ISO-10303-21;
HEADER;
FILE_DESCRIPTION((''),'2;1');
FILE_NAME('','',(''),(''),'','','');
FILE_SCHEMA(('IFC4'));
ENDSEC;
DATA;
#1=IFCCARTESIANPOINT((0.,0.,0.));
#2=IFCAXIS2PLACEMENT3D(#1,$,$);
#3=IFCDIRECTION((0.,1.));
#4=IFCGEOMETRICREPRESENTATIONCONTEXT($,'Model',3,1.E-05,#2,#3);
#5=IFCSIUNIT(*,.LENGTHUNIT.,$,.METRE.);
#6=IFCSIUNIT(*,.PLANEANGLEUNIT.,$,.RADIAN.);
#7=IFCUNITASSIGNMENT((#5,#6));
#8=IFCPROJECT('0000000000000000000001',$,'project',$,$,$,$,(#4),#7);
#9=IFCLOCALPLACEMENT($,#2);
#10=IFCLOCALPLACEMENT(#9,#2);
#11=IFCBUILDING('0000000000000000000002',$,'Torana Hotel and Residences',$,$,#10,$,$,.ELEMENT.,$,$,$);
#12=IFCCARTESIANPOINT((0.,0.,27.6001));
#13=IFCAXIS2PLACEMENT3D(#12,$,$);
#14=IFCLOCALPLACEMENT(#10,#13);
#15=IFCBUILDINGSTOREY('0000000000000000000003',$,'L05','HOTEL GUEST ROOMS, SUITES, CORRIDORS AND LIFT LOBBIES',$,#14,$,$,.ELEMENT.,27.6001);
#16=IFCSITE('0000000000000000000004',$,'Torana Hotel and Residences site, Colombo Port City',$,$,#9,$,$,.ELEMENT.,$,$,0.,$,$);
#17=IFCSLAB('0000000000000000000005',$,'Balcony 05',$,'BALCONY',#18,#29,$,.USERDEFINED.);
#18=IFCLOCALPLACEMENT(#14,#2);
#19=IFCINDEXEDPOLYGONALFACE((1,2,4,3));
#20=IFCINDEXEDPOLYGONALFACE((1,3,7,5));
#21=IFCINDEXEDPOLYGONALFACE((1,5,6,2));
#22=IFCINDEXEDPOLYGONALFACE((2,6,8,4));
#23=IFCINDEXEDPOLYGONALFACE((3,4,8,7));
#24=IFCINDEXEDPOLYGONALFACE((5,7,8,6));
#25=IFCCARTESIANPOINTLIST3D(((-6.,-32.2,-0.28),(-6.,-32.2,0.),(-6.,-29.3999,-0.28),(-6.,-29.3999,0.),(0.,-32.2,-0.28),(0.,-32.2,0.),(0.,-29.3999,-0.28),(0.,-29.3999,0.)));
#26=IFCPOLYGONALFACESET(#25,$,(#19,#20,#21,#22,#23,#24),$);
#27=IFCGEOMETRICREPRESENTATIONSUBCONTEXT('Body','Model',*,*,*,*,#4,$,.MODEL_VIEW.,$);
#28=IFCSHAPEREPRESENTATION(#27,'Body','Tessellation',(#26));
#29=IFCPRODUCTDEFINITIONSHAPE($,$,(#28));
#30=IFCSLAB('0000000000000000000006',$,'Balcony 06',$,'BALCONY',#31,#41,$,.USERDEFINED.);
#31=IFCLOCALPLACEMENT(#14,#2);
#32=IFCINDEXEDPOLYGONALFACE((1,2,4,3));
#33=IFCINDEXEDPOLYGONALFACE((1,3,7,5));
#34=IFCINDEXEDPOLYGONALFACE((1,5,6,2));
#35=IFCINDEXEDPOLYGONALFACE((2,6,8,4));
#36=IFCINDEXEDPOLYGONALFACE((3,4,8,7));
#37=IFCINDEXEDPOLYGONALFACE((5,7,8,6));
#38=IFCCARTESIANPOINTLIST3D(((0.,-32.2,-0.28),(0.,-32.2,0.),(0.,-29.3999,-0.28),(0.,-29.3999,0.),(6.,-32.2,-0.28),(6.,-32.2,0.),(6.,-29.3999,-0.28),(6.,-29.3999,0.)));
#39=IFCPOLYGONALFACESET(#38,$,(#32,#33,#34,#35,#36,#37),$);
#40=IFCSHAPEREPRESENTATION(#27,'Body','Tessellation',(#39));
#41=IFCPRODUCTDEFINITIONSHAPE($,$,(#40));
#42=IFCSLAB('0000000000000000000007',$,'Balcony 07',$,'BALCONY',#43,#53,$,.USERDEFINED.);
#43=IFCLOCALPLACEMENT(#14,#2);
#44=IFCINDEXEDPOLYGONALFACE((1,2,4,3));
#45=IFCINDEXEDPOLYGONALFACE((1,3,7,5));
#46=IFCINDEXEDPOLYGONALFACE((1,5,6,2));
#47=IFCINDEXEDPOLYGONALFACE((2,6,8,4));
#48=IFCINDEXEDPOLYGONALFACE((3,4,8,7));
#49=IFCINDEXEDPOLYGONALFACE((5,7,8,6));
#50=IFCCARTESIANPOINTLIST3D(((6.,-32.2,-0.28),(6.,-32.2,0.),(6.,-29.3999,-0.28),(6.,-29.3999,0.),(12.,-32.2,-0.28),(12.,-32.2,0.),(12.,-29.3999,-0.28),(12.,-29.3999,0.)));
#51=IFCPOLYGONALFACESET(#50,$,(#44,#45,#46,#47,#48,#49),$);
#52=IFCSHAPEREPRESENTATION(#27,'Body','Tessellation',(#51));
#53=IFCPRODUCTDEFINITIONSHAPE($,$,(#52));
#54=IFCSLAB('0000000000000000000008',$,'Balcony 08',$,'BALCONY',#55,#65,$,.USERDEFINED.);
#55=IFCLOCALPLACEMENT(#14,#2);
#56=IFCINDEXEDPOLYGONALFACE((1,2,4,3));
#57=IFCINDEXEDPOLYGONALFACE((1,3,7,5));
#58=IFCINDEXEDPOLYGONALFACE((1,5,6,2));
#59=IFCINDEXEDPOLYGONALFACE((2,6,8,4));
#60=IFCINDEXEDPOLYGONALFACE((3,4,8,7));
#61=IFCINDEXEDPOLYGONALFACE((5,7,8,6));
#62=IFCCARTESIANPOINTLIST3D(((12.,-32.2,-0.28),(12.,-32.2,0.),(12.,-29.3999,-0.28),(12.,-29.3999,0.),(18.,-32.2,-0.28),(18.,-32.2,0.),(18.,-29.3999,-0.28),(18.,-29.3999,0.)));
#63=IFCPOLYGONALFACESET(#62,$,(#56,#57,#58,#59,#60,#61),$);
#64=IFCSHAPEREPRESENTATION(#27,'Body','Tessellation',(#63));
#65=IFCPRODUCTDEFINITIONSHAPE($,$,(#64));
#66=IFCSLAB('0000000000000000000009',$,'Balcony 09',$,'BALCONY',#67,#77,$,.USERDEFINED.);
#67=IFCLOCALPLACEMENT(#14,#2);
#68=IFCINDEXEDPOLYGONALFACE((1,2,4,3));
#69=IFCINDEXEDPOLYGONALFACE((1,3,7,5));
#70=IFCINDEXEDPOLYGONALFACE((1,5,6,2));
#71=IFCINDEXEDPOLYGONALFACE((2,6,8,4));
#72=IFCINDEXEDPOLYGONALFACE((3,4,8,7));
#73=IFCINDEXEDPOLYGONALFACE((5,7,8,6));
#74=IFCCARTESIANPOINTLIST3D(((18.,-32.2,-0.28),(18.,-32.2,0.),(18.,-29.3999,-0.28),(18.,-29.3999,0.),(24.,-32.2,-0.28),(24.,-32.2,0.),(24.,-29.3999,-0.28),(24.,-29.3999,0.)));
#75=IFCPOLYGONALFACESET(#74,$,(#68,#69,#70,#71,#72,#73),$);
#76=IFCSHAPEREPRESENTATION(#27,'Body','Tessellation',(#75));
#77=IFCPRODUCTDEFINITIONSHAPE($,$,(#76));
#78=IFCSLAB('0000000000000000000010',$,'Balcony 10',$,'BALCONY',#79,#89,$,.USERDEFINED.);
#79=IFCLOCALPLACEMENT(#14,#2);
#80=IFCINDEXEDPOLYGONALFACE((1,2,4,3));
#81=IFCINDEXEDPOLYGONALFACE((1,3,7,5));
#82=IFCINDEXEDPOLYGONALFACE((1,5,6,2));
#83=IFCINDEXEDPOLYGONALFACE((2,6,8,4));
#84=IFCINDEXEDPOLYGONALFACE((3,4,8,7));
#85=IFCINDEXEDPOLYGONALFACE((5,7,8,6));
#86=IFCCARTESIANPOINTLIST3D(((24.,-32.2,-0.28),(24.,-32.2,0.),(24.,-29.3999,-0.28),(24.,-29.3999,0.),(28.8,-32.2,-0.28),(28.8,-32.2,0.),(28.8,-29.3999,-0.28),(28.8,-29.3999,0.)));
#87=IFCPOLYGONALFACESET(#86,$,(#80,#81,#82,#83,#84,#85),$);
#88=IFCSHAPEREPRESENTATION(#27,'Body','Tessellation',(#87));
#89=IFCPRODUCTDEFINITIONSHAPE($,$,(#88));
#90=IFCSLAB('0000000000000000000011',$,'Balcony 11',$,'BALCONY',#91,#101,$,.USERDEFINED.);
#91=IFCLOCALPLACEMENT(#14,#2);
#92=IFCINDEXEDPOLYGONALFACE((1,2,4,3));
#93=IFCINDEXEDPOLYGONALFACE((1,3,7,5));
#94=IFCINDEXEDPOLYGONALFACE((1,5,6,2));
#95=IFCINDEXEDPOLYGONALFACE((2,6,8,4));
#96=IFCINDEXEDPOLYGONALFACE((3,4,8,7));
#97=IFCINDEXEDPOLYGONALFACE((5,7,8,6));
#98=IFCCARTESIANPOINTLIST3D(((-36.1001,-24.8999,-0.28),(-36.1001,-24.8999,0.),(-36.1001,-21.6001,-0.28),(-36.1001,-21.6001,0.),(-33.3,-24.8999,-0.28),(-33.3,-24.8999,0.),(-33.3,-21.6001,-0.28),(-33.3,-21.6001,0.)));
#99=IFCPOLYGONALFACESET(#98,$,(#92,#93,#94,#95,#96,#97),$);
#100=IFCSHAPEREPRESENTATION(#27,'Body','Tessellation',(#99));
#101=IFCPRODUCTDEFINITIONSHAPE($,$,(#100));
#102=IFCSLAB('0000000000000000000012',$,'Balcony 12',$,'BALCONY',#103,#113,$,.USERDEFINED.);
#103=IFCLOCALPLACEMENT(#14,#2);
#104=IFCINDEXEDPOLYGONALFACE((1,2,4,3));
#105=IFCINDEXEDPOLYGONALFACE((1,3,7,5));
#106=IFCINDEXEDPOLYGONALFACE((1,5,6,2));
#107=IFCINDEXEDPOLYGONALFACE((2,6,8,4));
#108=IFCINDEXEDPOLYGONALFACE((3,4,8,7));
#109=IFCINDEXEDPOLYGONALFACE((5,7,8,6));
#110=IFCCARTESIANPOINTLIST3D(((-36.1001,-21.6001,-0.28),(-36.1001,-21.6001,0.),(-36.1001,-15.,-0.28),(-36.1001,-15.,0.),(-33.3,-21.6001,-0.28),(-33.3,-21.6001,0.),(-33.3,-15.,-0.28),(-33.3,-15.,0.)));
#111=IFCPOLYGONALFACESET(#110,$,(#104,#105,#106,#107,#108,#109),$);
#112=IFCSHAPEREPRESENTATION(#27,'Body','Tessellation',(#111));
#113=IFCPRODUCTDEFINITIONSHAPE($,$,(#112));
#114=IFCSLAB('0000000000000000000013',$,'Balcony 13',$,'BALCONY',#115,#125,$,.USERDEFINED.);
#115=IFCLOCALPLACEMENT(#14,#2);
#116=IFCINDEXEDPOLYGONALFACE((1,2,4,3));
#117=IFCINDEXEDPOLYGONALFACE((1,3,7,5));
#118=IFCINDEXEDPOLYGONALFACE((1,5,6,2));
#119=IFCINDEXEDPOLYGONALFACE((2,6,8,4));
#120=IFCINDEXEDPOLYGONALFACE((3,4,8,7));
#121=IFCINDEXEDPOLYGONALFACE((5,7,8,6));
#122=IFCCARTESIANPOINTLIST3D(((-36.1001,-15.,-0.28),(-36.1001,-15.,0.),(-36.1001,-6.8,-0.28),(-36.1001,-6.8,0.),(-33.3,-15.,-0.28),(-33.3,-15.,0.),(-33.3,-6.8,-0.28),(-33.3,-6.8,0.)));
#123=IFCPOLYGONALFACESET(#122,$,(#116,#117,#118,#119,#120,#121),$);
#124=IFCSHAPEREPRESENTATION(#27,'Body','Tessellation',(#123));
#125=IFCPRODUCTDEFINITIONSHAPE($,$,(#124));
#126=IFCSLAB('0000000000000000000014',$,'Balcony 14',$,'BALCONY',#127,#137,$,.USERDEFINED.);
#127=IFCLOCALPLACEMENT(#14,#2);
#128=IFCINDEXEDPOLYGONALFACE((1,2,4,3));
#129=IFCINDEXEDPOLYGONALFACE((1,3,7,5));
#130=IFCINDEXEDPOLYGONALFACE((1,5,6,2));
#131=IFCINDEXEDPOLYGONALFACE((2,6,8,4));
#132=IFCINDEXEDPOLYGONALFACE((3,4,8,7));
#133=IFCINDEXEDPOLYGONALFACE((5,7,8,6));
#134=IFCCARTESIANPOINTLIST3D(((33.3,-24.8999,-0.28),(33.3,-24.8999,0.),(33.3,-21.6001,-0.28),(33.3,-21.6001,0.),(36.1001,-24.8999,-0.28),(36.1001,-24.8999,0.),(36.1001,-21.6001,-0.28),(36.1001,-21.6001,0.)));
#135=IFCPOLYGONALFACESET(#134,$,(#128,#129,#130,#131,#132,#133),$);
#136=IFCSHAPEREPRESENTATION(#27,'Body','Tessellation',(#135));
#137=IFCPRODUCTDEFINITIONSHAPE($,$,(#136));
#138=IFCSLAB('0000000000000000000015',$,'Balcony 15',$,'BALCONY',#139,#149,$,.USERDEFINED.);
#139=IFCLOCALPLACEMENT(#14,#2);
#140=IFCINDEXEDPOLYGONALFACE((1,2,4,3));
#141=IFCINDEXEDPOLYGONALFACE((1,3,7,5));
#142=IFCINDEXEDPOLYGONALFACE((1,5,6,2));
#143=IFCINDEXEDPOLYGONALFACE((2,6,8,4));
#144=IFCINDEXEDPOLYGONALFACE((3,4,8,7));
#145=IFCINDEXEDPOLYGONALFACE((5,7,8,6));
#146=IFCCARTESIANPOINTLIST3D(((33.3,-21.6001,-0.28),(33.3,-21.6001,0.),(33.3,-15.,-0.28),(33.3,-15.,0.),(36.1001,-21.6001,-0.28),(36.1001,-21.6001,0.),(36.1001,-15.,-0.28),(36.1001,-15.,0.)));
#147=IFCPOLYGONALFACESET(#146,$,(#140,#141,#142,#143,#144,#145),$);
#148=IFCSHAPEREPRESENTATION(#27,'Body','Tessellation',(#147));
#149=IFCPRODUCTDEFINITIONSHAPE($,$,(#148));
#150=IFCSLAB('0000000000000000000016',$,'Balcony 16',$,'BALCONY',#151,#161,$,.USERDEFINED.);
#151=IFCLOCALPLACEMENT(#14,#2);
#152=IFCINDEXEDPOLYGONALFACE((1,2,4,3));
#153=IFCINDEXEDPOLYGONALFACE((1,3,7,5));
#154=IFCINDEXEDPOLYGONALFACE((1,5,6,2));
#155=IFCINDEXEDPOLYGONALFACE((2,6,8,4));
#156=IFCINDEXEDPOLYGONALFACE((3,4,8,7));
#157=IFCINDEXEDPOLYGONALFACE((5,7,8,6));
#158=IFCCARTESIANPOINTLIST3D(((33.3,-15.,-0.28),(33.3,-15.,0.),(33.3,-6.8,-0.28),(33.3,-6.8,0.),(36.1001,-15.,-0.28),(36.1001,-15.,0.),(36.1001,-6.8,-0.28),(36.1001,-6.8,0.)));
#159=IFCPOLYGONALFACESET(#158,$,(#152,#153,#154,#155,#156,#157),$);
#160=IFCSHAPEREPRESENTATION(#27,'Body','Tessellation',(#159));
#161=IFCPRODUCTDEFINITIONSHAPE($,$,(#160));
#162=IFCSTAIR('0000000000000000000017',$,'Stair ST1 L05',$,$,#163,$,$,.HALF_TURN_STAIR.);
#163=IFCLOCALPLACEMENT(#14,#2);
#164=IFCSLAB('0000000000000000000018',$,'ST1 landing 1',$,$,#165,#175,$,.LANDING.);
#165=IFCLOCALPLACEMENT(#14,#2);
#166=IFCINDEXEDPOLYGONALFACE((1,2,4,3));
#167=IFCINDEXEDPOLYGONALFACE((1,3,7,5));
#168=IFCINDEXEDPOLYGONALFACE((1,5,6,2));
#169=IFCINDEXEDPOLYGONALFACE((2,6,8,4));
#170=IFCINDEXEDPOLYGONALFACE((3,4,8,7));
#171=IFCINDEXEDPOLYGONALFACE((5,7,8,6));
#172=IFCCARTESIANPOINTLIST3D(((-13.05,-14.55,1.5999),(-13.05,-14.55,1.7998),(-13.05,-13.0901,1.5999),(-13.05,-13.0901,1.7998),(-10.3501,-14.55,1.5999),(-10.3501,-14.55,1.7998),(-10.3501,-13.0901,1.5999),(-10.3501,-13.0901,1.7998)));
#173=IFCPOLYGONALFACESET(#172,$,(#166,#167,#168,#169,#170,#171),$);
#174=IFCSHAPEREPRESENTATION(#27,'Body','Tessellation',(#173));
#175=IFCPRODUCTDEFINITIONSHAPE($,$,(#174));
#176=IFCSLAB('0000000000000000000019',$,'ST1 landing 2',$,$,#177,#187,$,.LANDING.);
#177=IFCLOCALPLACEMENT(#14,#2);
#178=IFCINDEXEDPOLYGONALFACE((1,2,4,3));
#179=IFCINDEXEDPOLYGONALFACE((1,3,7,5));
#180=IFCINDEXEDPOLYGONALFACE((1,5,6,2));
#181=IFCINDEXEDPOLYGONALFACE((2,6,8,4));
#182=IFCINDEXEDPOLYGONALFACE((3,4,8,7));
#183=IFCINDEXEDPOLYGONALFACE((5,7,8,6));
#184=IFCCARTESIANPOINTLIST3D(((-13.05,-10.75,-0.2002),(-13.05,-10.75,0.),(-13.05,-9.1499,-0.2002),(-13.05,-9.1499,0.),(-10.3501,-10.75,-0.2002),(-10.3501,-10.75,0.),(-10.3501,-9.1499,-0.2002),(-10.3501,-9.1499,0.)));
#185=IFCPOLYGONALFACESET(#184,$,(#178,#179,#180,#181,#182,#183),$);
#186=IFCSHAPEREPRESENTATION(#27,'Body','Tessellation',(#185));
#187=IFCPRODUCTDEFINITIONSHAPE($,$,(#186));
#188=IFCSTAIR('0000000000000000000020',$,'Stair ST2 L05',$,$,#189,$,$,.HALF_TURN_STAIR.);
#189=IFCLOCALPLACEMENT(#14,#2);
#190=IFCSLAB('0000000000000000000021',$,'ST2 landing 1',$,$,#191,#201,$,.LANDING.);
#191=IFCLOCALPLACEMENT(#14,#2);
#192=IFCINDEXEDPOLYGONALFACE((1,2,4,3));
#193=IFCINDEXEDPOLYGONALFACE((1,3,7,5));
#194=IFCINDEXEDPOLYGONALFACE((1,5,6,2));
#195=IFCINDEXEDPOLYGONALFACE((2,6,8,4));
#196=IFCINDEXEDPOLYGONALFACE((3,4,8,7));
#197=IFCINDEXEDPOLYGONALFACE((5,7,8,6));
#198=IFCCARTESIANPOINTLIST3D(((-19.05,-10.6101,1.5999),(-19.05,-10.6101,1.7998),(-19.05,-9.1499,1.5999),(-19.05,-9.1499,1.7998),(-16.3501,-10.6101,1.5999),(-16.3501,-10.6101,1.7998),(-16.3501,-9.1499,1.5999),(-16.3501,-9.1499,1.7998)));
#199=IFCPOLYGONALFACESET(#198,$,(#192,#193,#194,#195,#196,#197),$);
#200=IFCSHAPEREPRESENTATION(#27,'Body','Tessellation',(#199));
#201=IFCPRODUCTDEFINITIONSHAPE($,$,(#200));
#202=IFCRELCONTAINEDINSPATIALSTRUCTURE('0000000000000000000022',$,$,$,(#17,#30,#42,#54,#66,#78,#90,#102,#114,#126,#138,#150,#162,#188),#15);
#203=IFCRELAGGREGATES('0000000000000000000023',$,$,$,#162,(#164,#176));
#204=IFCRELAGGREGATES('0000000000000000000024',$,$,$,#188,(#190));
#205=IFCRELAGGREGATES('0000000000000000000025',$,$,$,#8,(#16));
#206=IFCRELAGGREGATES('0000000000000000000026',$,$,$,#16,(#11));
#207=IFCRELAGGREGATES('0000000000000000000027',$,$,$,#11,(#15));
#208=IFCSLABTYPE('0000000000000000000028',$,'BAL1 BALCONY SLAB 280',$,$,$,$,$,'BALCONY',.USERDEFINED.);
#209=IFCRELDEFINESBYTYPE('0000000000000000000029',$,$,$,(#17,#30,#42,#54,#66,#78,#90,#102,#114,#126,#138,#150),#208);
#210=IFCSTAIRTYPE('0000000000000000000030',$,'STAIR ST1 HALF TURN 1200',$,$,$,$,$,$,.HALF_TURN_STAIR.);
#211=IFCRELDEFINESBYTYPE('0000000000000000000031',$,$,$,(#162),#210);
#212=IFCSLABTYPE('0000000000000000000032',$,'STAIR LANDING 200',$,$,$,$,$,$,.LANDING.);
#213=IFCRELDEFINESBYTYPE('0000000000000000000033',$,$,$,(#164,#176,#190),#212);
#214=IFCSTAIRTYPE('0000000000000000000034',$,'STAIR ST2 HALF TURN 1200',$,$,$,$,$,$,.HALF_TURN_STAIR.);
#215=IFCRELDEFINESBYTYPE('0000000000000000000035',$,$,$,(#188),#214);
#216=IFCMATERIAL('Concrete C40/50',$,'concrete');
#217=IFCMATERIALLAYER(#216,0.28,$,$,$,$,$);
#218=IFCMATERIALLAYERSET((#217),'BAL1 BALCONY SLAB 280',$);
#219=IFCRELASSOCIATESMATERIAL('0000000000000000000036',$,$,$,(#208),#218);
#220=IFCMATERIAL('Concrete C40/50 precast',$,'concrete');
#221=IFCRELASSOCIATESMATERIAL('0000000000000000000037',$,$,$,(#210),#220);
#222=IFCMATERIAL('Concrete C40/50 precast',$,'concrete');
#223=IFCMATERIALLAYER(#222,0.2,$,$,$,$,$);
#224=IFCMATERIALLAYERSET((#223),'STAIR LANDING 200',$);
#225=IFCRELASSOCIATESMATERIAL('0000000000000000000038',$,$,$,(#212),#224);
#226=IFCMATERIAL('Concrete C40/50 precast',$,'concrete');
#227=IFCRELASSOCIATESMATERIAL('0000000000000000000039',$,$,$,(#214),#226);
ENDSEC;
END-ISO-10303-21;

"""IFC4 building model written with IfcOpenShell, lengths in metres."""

from ifc_helpers import new_model, si_unit, direction, frame, origin, place, context, subcontext, project, spatial, polyline, outline, extrude, material, layer, layer_set, type_object, element, aggregate, save


model = new_model("IFC4")

# Units and contexts
model_context = context("Model", 3, precision=1e-05, world=origin(), true_north=direction((0.0, 1.0)))
body_context = subcontext(model_context, "Body", "Model", "MODEL_VIEW")
ifc_project = project(units=[si_unit("LENGTHUNIT", "METRE"), si_unit("PLANEANGLEUNIT", "RADIAN")], contexts=[model_context])

# Site, building, storey
site_placement = place(None, origin())
site = spatial("IfcSite", under=ifc_project, at=site_placement, Name="Torana Hotel and Residences site, Colombo Port City", CompositionType="ELEMENT", RefElevation=0.0)
building_placement = place(site_placement, origin())
building = spatial("IfcBuilding", under=site, at=building_placement, Name="Torana Hotel and Residences", CompositionType="ELEMENT")
storey_placement = place(building_placement, frame((0.0, 0.0, 27.6001)))
storey = spatial("IfcBuildingStorey", under=building, at=storey_placement, Name="L05", Description="HOTEL GUEST ROOMS, SUITES, CORRIDORS AND LIFT LOBBIES", CompositionType="ELEMENT", Elevation=27.6001)

# Slabs
ifc_material_1 = material(Name="Concrete C40/50", Category="concrete")
ifc_layer_1 = layer(ifc_material_1, 0.28)
ifc_layer_set_1 = layer_set([ifc_layer_1], Name="BAL1 BALCONY SLAB 280")
slab_type_1 = type_object("IfcSlabType", Name="BAL1 BALCONY SLAB 280", ElementType="BALCONY", PredefinedType="USERDEFINED", material=ifc_layer_set_1)
slab_1_placement = place(storey_placement, frame((0.0, 0.0, -0.28)))
element("IfcSlab", 1, at=slab_1_placement, inside=storey, type_object=slab_type_1, Name="Balcony 05", ObjectType="BALCONY", PredefinedType="USERDEFINED", context=body_context, shape_type="SweptSolid", body=[
    extrude(outline(polyline([(-6.0, -32.2), (0.0, -32.2), (0.0, -29.3999), (-6.0, -29.3999), (-6.0, -32.2)])), origin(), (0.0, 0.0, 1.0), 0.28),
])
slab_2_placement = place(storey_placement, frame((0.0, 0.0, -0.28)))
element("IfcSlab", 2, at=slab_2_placement, inside=storey, type_object=slab_type_1, Name="Balcony 06", ObjectType="BALCONY", PredefinedType="USERDEFINED", context=body_context, shape_type="SweptSolid", body=[
    extrude(outline(polyline([(0.0, -32.2), (6.0, -32.2), (6.0, -29.3999), (0.0, -29.3999), (0.0, -32.2)])), origin(), (0.0, 0.0, 1.0), 0.28),
])
slab_3_placement = place(storey_placement, frame((0.0, 0.0, -0.28)))
element("IfcSlab", 3, at=slab_3_placement, inside=storey, type_object=slab_type_1, Name="Balcony 07", ObjectType="BALCONY", PredefinedType="USERDEFINED", context=body_context, shape_type="SweptSolid", body=[
    extrude(outline(polyline([(6.0, -32.2), (12.0, -32.2), (12.0, -29.3999), (6.0, -29.3999), (6.0, -32.2)])), origin(), (0.0, 0.0, 1.0), 0.28),
])
slab_4_placement = place(storey_placement, frame((0.0, 0.0, -0.28)))
element("IfcSlab", 4, at=slab_4_placement, inside=storey, type_object=slab_type_1, Name="Balcony 08", ObjectType="BALCONY", PredefinedType="USERDEFINED", context=body_context, shape_type="SweptSolid", body=[
    extrude(outline(polyline([(12.0, -32.2), (18.0, -32.2), (18.0, -29.3999), (12.0, -29.3999), (12.0, -32.2)])), origin(), (0.0, 0.0, 1.0), 0.28),
])
slab_5_placement = place(storey_placement, frame((0.0, 0.0, -0.28)))
element("IfcSlab", 5, at=slab_5_placement, inside=storey, type_object=slab_type_1, Name="Balcony 09", ObjectType="BALCONY", PredefinedType="USERDEFINED", context=body_context, shape_type="SweptSolid", body=[
    extrude(outline(polyline([(18.0, -32.2), (24.0, -32.2), (24.0, -29.3999), (18.0, -29.3999), (18.0, -32.2)])), origin(), (0.0, 0.0, 1.0), 0.28),
])
slab_6_placement = place(storey_placement, frame((0.0, 0.0, -0.28)))
element("IfcSlab", 6, at=slab_6_placement, inside=storey, type_object=slab_type_1, Name="Balcony 10", ObjectType="BALCONY", PredefinedType="USERDEFINED", context=body_context, shape_type="SweptSolid", body=[
    extrude(outline(polyline([(24.0, -32.2), (28.8, -32.2), (28.8, -29.3999), (24.0, -29.3999), (24.0, -32.2)])), origin(), (0.0, 0.0, 1.0), 0.28),
])
slab_7_placement = place(storey_placement, frame((0.0, 0.0, -0.28)))
element("IfcSlab", 7, at=slab_7_placement, inside=storey, type_object=slab_type_1, Name="Balcony 11", ObjectType="BALCONY", PredefinedType="USERDEFINED", context=body_context, shape_type="SweptSolid", body=[
    extrude(outline(polyline([(-36.1001, -24.8999), (-33.3, -24.8999), (-33.3, -21.6001), (-36.1001, -21.6001), (-36.1001, -24.8999)])), origin(), (0.0, 0.0, 1.0), 0.28),
])
slab_8_placement = place(storey_placement, frame((0.0, 0.0, -0.28)))
element("IfcSlab", 8, at=slab_8_placement, inside=storey, type_object=slab_type_1, Name="Balcony 12", ObjectType="BALCONY", PredefinedType="USERDEFINED", context=body_context, shape_type="SweptSolid", body=[
    extrude(outline(polyline([(-36.1001, -21.6001), (-33.3, -21.6001), (-33.3, -15.0), (-36.1001, -15.0), (-36.1001, -21.6001)])), origin(), (0.0, 0.0, 1.0), 0.28),
])
slab_9_placement = place(storey_placement, frame((0.0, 0.0, -0.28)))
element("IfcSlab", 9, at=slab_9_placement, inside=storey, type_object=slab_type_1, Name="Balcony 13", ObjectType="BALCONY", PredefinedType="USERDEFINED", context=body_context, shape_type="SweptSolid", body=[
    extrude(outline(polyline([(-36.1001, -15.0), (-33.3, -15.0), (-33.3, -6.8), (-36.1001, -6.8), (-36.1001, -15.0)])), origin(), (0.0, 0.0, 1.0), 0.28),
])
slab_10_placement = place(storey_placement, frame((0.0, 0.0, -0.28)))
element("IfcSlab", 10, at=slab_10_placement, inside=storey, type_object=slab_type_1, Name="Balcony 14", ObjectType="BALCONY", PredefinedType="USERDEFINED", context=body_context, shape_type="SweptSolid", body=[
    extrude(outline(polyline([(33.3, -24.8999), (36.1001, -24.8999), (36.1001, -21.6001), (33.3, -21.6001), (33.3, -24.8999)])), origin(), (0.0, 0.0, 1.0), 0.28),
])
slab_11_placement = place(storey_placement, frame((0.0, 0.0, -0.28)))
element("IfcSlab", 11, at=slab_11_placement, inside=storey, type_object=slab_type_1, Name="Balcony 15", ObjectType="BALCONY", PredefinedType="USERDEFINED", context=body_context, shape_type="SweptSolid", body=[
    extrude(outline(polyline([(33.3, -21.6001), (36.1001, -21.6001), (36.1001, -15.0), (33.3, -15.0), (33.3, -21.6001)])), origin(), (0.0, 0.0, 1.0), 0.28),
])
slab_12_placement = place(storey_placement, frame((0.0, 0.0, -0.28)))
element("IfcSlab", 12, at=slab_12_placement, inside=storey, type_object=slab_type_1, Name="Balcony 16", ObjectType="BALCONY", PredefinedType="USERDEFINED", context=body_context, shape_type="SweptSolid", body=[
    extrude(outline(polyline([(33.3, -15.0), (36.1001, -15.0), (36.1001, -6.8), (33.3, -6.8), (33.3, -15.0)])), origin(), (0.0, 0.0, 1.0), 0.28),
])

# Stairs, slabs
ifc_material_2 = material(Name="Concrete C40/50 precast", Category="concrete")
stair_type_1 = type_object("IfcStairType", Name="STAIR ST1 HALF TURN 1200", PredefinedType="HALF_TURN_STAIR", material=ifc_material_2)
stair_1_placement = place(storey_placement, origin())
stair_1 = element("IfcStair", 13, at=stair_1_placement, inside=storey, type_object=stair_type_1, Name="Stair ST1 L05", PredefinedType="HALF_TURN_STAIR")
ifc_material_3 = material(Name="Concrete C40/50 precast", Category="concrete")
ifc_layer_2 = layer(ifc_material_3, 0.2)
ifc_layer_set_2 = layer_set([ifc_layer_2], Name="STAIR LANDING 200")
slab_type_2 = type_object("IfcSlabType", Name="STAIR LANDING 200", PredefinedType="LANDING", material=ifc_layer_set_2)
slab_13_placement = place(storey_placement, frame((0.0, 0.0, 1.5999)))
slab_13 = element("IfcSlab", 14, at=slab_13_placement, type_object=slab_type_2, Name="ST1 landing 1", PredefinedType="LANDING", context=body_context, shape_type="SweptSolid", body=[
    extrude(outline(polyline([(-13.05, -14.55), (-10.3501, -14.55), (-10.3501, -13.0901), (-13.05, -13.0901), (-13.05, -14.55)])), origin(), (0.0, 0.0, 1.0), 0.2),
])
slab_14_placement = place(storey_placement, frame((0.0, 0.0, -0.2002)))
slab_14 = element("IfcSlab", 15, at=slab_14_placement, type_object=slab_type_2, Name="ST1 landing 2", PredefinedType="LANDING", context=body_context, shape_type="SweptSolid", body=[
    extrude(outline(polyline([(-13.05, -10.75), (-10.3501, -10.75), (-10.3501, -9.1499), (-13.05, -9.1499), (-13.05, -10.75)])), origin(), (0.0, 0.0, 1.0), 0.2002),
])
aggregate(stair_1, [slab_13, slab_14])
ifc_material_4 = material(Name="Concrete C40/50 precast", Category="concrete")
stair_type_2 = type_object("IfcStairType", Name="STAIR ST2 HALF TURN 1200", PredefinedType="HALF_TURN_STAIR", material=ifc_material_4)
stair_2_placement = place(storey_placement, origin())
stair_2 = element("IfcStair", 16, at=stair_2_placement, inside=storey, type_object=stair_type_2, Name="Stair ST2 L05", PredefinedType="HALF_TURN_STAIR")
slab_15_placement = place(storey_placement, frame((0.0, 0.0, 1.5999)))
slab_15 = element("IfcSlab", 17, at=slab_15_placement, type_object=slab_type_2, Name="ST2 landing 1", PredefinedType="LANDING", context=body_context, shape_type="SweptSolid", body=[
    extrude(outline(polyline([(-19.05, -10.6101), (-16.3501, -10.6101), (-16.3501, -9.1499), (-19.05, -9.1499), (-19.05, -10.6101)])), origin(), (0.0, 0.0, 1.0), 0.2),
])
aggregate(stair_2, [slab_15])

save(model, "model.ifc")
